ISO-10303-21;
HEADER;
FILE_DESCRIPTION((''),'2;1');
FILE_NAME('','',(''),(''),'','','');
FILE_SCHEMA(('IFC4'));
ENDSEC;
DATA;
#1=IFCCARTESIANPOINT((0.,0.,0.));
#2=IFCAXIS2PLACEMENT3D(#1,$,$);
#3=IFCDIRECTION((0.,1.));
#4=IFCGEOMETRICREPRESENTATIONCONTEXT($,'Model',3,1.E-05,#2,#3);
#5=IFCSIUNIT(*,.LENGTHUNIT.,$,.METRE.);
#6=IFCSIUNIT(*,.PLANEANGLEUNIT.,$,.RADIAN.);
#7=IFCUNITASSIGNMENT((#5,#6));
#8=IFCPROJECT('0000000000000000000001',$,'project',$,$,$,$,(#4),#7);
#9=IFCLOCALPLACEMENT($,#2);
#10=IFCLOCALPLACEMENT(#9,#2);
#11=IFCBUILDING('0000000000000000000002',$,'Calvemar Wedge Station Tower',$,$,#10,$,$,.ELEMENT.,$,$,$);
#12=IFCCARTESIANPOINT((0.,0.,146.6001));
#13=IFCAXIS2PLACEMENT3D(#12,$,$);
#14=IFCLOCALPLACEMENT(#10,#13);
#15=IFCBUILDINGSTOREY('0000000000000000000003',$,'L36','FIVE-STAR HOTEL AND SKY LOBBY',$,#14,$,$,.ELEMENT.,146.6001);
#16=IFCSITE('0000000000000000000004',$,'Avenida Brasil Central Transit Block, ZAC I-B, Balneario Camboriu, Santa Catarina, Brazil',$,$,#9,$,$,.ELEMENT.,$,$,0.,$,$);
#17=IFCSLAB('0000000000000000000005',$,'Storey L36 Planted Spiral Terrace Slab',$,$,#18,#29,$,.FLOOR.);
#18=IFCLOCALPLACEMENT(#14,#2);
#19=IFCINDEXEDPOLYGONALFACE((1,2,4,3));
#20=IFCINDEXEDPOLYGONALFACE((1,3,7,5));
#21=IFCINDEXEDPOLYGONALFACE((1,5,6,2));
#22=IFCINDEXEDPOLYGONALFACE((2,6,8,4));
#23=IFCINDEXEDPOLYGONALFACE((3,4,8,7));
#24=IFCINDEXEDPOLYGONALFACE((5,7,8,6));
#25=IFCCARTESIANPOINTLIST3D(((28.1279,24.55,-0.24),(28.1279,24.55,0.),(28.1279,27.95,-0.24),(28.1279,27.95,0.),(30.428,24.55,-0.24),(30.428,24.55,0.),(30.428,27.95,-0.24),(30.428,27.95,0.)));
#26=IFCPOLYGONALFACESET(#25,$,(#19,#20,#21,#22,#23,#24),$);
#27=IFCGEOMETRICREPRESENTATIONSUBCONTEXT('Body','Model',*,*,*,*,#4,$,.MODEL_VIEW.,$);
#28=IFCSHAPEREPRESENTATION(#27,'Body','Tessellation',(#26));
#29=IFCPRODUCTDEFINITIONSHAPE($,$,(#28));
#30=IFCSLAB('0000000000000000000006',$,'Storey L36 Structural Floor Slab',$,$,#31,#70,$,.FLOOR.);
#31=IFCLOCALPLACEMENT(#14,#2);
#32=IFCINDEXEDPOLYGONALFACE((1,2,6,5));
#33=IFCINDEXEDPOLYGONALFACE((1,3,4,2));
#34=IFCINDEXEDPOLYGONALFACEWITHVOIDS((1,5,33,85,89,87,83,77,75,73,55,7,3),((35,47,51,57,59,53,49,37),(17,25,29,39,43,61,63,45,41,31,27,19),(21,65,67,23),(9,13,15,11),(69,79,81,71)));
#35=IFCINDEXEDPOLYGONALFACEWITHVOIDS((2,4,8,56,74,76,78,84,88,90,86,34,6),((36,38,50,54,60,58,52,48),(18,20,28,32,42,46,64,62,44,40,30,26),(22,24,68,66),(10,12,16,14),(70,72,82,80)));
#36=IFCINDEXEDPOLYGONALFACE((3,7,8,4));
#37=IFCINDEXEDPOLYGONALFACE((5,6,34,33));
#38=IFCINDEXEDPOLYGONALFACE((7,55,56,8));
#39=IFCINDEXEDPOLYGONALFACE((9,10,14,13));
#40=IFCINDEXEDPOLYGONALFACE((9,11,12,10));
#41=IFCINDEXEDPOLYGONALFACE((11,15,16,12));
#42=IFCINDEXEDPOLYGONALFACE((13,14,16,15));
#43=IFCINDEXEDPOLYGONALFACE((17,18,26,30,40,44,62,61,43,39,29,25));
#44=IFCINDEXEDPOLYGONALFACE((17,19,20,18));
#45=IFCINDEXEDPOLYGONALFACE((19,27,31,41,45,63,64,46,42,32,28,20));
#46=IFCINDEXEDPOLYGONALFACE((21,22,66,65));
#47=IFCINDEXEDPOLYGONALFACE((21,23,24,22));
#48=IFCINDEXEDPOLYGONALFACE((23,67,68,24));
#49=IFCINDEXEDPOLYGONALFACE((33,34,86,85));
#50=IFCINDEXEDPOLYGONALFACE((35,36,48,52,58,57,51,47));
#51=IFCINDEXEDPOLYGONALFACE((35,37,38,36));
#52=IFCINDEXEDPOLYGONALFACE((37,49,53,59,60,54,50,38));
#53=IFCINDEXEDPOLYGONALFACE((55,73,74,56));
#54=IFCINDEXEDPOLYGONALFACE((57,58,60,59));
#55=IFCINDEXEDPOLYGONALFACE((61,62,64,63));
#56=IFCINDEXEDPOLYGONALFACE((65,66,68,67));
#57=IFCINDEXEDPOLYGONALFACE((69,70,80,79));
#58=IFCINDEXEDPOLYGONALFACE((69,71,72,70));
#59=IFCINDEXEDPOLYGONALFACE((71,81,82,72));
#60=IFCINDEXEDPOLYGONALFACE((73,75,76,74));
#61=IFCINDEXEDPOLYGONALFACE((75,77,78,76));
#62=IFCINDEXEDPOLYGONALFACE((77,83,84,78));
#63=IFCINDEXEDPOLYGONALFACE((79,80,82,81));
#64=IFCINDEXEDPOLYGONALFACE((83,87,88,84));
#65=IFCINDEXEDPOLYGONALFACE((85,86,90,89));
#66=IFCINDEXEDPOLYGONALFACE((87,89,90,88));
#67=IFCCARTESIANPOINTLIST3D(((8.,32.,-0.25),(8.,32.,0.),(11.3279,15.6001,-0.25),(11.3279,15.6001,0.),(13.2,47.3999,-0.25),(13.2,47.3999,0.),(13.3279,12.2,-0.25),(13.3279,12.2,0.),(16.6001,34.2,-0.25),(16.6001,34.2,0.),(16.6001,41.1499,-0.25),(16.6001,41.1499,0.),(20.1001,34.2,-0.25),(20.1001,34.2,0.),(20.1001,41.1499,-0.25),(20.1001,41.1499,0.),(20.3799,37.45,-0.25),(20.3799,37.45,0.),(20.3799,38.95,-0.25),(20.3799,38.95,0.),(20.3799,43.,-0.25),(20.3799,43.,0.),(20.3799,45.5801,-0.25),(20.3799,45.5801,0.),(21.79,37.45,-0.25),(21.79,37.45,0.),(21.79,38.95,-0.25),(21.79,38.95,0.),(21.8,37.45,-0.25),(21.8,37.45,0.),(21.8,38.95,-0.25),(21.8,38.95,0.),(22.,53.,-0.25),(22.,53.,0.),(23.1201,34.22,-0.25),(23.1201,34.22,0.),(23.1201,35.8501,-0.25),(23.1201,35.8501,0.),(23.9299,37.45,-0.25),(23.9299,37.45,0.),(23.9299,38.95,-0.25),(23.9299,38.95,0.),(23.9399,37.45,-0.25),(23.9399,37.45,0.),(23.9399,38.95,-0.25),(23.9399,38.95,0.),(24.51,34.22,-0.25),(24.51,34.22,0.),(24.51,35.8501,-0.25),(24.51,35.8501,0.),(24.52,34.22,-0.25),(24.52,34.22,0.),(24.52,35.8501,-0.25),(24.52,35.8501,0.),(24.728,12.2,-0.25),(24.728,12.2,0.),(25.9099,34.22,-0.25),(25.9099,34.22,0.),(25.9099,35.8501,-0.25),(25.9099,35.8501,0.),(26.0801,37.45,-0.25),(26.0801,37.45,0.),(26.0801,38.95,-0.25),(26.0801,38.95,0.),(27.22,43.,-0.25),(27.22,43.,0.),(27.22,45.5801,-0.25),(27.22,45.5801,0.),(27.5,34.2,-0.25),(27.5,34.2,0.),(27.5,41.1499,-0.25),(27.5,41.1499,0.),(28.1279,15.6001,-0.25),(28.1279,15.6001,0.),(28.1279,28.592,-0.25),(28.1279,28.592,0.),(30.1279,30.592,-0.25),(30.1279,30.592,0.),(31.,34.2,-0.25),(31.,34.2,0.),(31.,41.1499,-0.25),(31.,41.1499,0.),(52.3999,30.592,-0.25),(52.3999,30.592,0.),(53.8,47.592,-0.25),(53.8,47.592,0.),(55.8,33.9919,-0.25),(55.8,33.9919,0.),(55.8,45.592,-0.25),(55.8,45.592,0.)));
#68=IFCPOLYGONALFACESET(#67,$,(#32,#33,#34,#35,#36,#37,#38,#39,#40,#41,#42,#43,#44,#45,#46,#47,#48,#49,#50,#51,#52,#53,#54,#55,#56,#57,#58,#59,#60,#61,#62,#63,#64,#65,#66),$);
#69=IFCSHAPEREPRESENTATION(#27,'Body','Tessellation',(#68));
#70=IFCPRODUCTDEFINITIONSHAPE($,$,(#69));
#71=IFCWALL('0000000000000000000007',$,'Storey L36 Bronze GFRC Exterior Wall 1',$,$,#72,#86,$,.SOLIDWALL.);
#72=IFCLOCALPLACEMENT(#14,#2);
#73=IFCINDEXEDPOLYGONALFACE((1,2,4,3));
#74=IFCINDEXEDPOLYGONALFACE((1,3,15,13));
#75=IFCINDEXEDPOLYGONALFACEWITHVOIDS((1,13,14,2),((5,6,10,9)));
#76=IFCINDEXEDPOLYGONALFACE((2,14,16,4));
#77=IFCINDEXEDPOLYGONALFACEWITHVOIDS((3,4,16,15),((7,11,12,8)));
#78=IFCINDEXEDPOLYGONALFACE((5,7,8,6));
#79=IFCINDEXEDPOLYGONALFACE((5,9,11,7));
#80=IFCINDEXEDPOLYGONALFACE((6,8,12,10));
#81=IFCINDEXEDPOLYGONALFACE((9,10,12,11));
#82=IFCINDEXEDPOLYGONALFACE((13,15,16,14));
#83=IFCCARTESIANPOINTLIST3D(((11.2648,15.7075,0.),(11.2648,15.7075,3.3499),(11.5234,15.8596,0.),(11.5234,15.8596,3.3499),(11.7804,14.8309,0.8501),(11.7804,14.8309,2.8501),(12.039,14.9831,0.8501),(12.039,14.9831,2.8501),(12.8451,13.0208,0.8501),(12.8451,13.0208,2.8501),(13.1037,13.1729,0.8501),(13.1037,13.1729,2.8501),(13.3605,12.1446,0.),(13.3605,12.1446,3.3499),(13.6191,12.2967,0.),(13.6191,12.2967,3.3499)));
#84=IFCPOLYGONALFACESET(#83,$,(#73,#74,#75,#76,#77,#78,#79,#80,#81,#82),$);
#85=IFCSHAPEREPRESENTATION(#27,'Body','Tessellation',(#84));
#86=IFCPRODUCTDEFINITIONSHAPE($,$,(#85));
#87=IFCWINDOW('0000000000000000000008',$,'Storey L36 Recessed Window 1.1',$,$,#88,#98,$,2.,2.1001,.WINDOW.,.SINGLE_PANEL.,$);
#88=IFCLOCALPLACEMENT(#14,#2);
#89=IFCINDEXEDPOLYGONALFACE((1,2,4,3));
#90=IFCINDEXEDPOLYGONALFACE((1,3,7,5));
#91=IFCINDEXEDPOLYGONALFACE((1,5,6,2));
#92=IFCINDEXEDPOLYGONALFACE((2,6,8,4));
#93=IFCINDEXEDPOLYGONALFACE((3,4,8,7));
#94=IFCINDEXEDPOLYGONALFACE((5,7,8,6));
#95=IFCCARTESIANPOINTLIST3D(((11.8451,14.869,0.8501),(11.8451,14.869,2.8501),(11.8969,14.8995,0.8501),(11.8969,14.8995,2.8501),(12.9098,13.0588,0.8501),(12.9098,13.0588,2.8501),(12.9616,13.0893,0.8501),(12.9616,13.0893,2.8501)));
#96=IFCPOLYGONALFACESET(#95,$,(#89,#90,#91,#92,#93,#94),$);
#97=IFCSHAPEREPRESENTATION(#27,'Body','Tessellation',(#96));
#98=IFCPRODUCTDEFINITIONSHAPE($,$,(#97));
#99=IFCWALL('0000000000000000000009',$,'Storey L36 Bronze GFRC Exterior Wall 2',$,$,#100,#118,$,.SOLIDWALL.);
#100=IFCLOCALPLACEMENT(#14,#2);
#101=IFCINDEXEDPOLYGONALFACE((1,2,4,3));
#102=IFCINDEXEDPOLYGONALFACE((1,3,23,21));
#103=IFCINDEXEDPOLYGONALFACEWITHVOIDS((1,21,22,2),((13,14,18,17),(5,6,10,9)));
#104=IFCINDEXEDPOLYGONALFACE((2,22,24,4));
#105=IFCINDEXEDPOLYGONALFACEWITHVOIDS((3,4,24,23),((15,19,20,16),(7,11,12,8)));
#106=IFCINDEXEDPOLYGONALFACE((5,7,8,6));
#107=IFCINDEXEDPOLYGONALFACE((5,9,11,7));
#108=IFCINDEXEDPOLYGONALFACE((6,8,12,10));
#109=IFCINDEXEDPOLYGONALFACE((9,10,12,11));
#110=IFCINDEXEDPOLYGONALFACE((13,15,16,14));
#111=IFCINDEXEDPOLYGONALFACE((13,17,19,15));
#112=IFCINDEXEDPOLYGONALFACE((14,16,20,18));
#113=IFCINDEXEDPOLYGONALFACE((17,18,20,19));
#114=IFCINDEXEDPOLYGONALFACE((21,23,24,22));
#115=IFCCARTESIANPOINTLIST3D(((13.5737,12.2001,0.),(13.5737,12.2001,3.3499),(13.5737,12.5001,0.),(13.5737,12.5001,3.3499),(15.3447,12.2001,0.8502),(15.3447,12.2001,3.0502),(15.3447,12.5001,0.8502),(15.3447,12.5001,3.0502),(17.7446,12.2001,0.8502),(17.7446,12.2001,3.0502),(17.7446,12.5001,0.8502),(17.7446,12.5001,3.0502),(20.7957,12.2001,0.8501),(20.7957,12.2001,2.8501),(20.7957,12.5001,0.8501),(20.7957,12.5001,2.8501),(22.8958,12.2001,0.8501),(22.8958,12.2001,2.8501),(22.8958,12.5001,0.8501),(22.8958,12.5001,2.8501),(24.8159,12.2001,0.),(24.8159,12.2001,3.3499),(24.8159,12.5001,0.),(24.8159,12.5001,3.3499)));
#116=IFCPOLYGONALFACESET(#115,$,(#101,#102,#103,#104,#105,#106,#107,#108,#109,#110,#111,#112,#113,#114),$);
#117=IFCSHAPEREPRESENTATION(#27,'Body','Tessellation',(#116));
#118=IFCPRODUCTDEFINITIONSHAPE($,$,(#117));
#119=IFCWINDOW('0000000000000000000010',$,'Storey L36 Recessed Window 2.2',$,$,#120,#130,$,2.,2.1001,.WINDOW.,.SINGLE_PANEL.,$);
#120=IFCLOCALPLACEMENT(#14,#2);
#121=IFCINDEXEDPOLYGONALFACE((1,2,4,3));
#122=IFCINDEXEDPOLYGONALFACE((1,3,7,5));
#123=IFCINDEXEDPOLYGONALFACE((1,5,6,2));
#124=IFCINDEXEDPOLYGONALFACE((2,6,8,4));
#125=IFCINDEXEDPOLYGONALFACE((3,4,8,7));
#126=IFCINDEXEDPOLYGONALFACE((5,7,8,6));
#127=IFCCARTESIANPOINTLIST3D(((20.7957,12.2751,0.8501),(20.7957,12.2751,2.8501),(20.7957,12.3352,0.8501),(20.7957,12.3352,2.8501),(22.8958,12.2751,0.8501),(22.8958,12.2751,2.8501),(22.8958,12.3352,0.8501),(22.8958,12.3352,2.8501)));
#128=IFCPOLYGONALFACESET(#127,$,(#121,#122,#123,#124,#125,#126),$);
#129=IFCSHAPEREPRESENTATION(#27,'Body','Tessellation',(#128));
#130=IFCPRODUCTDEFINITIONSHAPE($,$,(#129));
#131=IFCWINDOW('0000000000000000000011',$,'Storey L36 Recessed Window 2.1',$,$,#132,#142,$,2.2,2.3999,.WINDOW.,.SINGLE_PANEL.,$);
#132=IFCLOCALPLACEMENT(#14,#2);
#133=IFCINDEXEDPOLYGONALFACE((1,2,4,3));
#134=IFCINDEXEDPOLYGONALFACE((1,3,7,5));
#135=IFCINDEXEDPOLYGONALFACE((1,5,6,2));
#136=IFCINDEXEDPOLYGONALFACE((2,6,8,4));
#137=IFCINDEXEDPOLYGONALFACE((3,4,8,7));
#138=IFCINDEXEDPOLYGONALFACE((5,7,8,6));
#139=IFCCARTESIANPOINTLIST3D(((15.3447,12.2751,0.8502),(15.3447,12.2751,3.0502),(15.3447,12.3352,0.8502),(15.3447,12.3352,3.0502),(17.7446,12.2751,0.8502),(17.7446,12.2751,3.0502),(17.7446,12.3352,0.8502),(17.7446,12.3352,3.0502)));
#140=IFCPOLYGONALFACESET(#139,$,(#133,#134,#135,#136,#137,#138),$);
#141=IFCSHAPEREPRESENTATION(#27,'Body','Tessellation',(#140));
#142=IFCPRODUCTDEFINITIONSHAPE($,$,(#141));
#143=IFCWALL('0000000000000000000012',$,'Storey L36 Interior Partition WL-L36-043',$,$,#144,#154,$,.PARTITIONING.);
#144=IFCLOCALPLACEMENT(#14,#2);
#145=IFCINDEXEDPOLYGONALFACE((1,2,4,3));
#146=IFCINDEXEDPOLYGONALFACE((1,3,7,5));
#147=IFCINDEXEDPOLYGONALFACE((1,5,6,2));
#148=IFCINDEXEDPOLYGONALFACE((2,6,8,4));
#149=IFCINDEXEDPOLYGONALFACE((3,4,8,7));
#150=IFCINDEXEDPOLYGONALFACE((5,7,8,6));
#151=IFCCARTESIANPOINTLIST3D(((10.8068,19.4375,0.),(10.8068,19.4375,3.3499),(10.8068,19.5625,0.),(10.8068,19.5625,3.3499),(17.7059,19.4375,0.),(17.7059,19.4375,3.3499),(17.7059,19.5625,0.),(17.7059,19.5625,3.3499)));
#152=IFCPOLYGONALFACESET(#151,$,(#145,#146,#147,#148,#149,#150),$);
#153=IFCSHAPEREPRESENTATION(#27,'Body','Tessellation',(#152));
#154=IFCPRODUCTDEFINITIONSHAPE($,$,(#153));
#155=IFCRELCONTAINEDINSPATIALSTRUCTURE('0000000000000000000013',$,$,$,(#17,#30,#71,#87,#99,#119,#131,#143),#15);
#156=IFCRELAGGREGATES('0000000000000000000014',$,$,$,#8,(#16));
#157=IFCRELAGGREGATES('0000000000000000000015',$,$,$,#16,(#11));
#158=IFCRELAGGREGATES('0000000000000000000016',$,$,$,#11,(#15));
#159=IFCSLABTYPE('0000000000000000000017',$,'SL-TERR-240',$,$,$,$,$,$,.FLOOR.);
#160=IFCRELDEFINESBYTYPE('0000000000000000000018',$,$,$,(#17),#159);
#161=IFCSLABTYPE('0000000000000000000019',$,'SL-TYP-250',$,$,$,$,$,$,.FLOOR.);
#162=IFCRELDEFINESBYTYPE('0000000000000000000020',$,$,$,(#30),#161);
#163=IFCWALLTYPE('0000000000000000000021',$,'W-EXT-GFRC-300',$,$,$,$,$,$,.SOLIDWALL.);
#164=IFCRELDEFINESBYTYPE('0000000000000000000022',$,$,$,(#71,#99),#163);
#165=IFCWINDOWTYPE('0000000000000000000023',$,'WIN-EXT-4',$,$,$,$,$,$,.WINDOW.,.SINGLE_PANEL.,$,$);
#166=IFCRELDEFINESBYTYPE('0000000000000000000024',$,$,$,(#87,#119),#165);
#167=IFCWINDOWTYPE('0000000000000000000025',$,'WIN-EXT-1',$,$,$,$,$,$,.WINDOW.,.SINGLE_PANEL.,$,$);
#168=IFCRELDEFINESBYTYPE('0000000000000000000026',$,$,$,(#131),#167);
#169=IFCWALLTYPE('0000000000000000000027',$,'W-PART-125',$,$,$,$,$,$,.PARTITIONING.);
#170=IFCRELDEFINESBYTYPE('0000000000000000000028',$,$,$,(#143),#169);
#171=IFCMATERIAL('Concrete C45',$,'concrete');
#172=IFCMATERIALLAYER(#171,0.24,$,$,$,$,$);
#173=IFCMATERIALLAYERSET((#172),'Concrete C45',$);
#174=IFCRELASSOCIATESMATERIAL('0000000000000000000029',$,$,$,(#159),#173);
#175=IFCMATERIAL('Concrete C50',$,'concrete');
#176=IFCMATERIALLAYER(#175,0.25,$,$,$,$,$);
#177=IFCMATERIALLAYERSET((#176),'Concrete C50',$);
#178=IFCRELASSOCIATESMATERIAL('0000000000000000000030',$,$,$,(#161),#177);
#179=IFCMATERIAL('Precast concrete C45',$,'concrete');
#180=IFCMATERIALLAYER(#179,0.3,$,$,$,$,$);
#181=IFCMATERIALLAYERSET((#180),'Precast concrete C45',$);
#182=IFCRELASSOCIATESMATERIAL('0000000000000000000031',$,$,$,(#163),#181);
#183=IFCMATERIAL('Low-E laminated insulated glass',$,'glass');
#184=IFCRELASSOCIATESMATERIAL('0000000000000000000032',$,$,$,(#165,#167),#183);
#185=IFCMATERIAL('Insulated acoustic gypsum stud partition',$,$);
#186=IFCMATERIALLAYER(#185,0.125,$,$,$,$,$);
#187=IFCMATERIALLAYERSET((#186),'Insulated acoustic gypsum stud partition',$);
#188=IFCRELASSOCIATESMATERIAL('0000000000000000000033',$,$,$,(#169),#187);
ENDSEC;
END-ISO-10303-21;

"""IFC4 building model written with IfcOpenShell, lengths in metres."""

from ifc_helpers import new_model, si_unit, direction, frame, frame_2d, origin, place, context, subcontext, project, spatial, polyline, rectangle, outline, extrude, source, transform, mapped, material, layer, layer_set, type_object, element, fill, save


model = new_model("IFC4")

# Units and contexts
model_context = context("Model", 3, precision=1e-05, world=origin(), true_north=direction((0.0, 1.0)))
body_context = subcontext(model_context, "Body", "Model", "MODEL_VIEW")
ifc_project = project(units=[si_unit("LENGTHUNIT", "METRE"), si_unit("PLANEANGLEUNIT", "RADIAN")], contexts=[model_context])

# Site, building, storey
site_placement = place(None, origin())
site = spatial("IfcSite", under=ifc_project, at=site_placement, Name="Avenida Brasil Central Transit Block, ZAC I-B, Balneario Camboriu, Santa Catarina, Brazil", CompositionType="ELEMENT", RefElevation=0.0)
building_placement = place(site_placement, origin())
building = spatial("IfcBuilding", under=site, at=building_placement, Name="Calvemar Wedge Station Tower", CompositionType="ELEMENT")
storey_placement = place(building_placement, frame((0.0, 0.0, 146.6001)))
storey = spatial("IfcBuildingStorey", under=building, at=storey_placement, Name="L36", Description="FIVE-STAR HOTEL AND SKY LOBBY", CompositionType="ELEMENT", Elevation=146.6001)

# Shared definitions
ifc_material_1 = material(Name="Concrete C50", Category="concrete")

# Shared definitions
ifc_material_2 = material(Name="Precast concrete C45", Category="concrete")

# Shared definitions
ifc_material_3 = material(Name="Concrete C45", Category="concrete")

# Slabs
ifc_layer_1 = layer(ifc_material_3, 0.24)
ifc_layer_set_1 = layer_set([ifc_layer_1], Name="Concrete C45")
slab_type_1 = type_object("IfcSlabType", Name="SL-TERR-240", PredefinedType="FLOOR", material=ifc_layer_set_1)
slab_1_placement = place(storey_placement, frame((0.0, 0.0, -0.24)))
element("IfcSlab", 1, at=slab_1_placement, inside=storey, type_object=slab_type_1, Name="Storey L36 Planted Spiral Terrace Slab", PredefinedType="FLOOR", context=body_context, shape_type="SweptSolid", body=[
    extrude(outline(polyline([(28.1279, 24.55), (30.428, 24.55), (30.428, 27.95), (28.1279, 27.95), (28.1279, 24.55)])), origin(), (0.0, 0.0, 1.0), 0.24),
])
ifc_layer_2 = layer(ifc_material_1, 0.25)
ifc_layer_set_2 = layer_set([ifc_layer_2], Name="Concrete C50")
slab_type_2 = type_object("IfcSlabType", Name="SL-TYP-250", PredefinedType="FLOOR", material=ifc_layer_set_2)
slab_2_placement = place(storey_placement, frame((0.0, 0.0, -0.25)))
element("IfcSlab", 2, at=slab_2_placement, inside=storey, type_object=slab_type_2, Name="Storey L36 Structural Floor Slab", PredefinedType="FLOOR", context=body_context, shape_type="SweptSolid", body=[
    extrude(outline(polyline([(8.0, 32.0), (11.3279, 15.6001), (13.3279, 12.2), (24.728, 12.2), (28.1279, 15.6001), (28.1279, 28.592), (30.1279, 30.592), (52.3999, 30.592), (55.8, 33.9919), (55.8, 45.592), (53.8, 47.592), (22.0, 53.0), (13.2, 47.3999), (8.0, 32.0)]), holes=[polyline([(24.52, 35.8501), (24.51, 35.8501), (23.1201, 35.8501), (23.1201, 34.22), (24.51, 34.22), (24.52, 34.22), (25.9099, 34.22), (25.9099, 35.8501), (24.52, 35.8501)]), polyline([(16.6001, 34.2), (20.1001, 34.2), (20.1001, 41.1499), (16.6001, 41.1499), (16.6001, 34.2)]), polyline([(27.5, 34.2), (31.0, 34.2), (31.0, 41.1499), (27.5, 41.1499), (27.5, 34.2)]), polyline([(21.8, 38.95), (21.79, 38.95), (20.3799, 38.95), (20.3799, 37.45), (21.79, 37.45), (21.8, 37.45), (23.9299, 37.45), (23.9399, 37.45), (26.0801, 37.45), (26.0801, 38.95), (23.9399, 38.95), (23.9299, 38.95), (21.8, 38.95)]), polyline([(27.22, 43.0), (27.22, 45.5801), (20.3799, 45.5801), (20.3799, 43.0), (27.22, 43.0)])]), origin(), (0.0, 0.0, 1.0), 0.25),
])

# Wall, opening, window
ifc_layer_3 = layer(ifc_material_2, 0.3)
ifc_layer_set_3 = layer_set([ifc_layer_3], Name="Precast concrete C45")
wall_type_1 = type_object("IfcWallType", Name="W-EXT-GFRC-300", PredefinedType="SOLIDWALL", material=ifc_layer_set_3)
wall_1_placement = place(storey_placement, frame((11.394, 15.7837, 0.0), z_axis=(0.0, 0.0, 1.0), x_axis=(0.506989, -0.861952, 0.0)))
wall_1 = element("IfcWall", 3, at=wall_1_placement, inside=storey, type_object=wall_type_1, Name="Storey L36 Bronze GFRC Exterior Wall 1", PredefinedType="SOLIDWALL", context=body_context, shape_type="SweptSolid", body=[
    extrude(rectangle(XDim=4.1335, YDim=0.3, at=frame_2d((2.0669, 0.0))), origin(), (0.0, 0.0, 1.0), 3.3499),
])
shared_shape_1 = source(origin(), body_context, "Body", "SweptSolid", [
    extrude(rectangle(XDim=2.1001, YDim=2.0, at=frame_2d((1.05, 1.0))), frame((0.0, 0.1602, 0.0), z_axis=(0.0, -1.0, 0.0), x_axis=(1.0, 0.0, 0.0)), (0.0, 0.0, 1.0), 0.3201),
])
opening_1_placement = place(wall_1_placement, frame((1.0171, 0.0, 0.8501)))
opening_1 = element("IfcOpeningElement", 4, at=opening_1_placement, cuts=wall_1, PredefinedType="OPENING", context=body_context, shape_type="MappedRepresentation", body=[
    mapped(shared_shape_1, transform((0.0, 0.0, 0.0), scale=1.0)),
])
ifc_material_4 = material(Name="Low-E laminated insulated glass", Category="glass")
window_type_1 = type_object("IfcWindowType", Name="WIN-EXT-4", PartitioningType="SINGLE_PANEL", PredefinedType="WINDOW", material=ifc_material_4)
shared_shape_2 = source(origin(), body_context, "Body", "SweptSolid", [
    extrude(rectangle(XDim=2.1001, YDim=2.0, at=frame_2d((1.05, 1.0))), frame((0.0, -0.0149, 0.0), z_axis=(0.0, -1.0, 0.0), x_axis=(1.0, 0.0, 0.0)), (0.0, 0.0, 1.0), 0.0601),
])
window_1_placement = place(opening_1_placement, origin())
window_1 = element("IfcWindow", 5, at=window_1_placement, inside=storey, type_object=window_type_1, Name="Storey L36 Recessed Window 1.1", OverallHeight=2.0, OverallWidth=2.1001, PartitioningType="SINGLE_PANEL", PredefinedType="WINDOW", context=body_context, shape_type="MappedRepresentation", body=[
    mapped(shared_shape_2, transform((0.0, 0.0, 0.0), scale=1.0)),
])
fill(opening_1, window_1)

# Wall, openings, windows
wall_2_placement = place(storey_placement, frame((13.5737, 12.3501, 0.0), z_axis=(0.0, 0.0, 1.0), x_axis=(1.0, 0.0, 0.0)))
wall_2 = element("IfcWall", 6, at=wall_2_placement, inside=storey, type_object=wall_type_1, Name="Storey L36 Bronze GFRC Exterior Wall 2", PredefinedType="SOLIDWALL", context=body_context, shape_type="SweptSolid", body=[
    extrude(rectangle(XDim=11.2422, YDim=0.3, at=frame_2d((5.6211, 0.0))), origin(), (0.0, 0.0, 1.0), 3.3499),
])
shared_shape_3 = source(origin(), body_context, "Body", "SweptSolid", [
    extrude(rectangle(XDim=2.3999, YDim=2.2, at=frame_2d((1.2, 1.1001))), frame((0.0, 0.1602, 0.0), z_axis=(0.0, -1.0, 0.0), x_axis=(1.0, 0.0, 0.0)), (0.0, 0.0, 1.0), 0.3201),
])
opening_2_placement = place(wall_2_placement, frame((1.771, 0.0, 0.8501)))
opening_2 = element("IfcOpeningElement", 7, at=opening_2_placement, cuts=wall_2, PredefinedType="OPENING", context=body_context, shape_type="MappedRepresentation", body=[
    mapped(shared_shape_3, transform((0.0, 0.0, 0.0), scale=1.0)),
])
opening_3_placement = place(wall_2_placement, frame((7.2219, 0.0, 0.8501)))
opening_3 = element("IfcOpeningElement", 8, at=opening_3_placement, cuts=wall_2, PredefinedType="OPENING", context=body_context, shape_type="MappedRepresentation", body=[
    mapped(shared_shape_1, transform((0.0, 0.0, 0.0), scale=1.0)),
])
window_2_placement = place(opening_3_placement, origin())
window_2 = element("IfcWindow", 9, at=window_2_placement, inside=storey, type_object=window_type_1, Name="Storey L36 Recessed Window 2.2", OverallHeight=2.0, OverallWidth=2.1001, PartitioningType="SINGLE_PANEL", PredefinedType="WINDOW", context=body_context, shape_type="MappedRepresentation", body=[
    mapped(shared_shape_2, transform((0.0, 0.0, 0.0), scale=1.0)),
])
fill(opening_3, window_2)
window_type_2 = type_object("IfcWindowType", Name="WIN-EXT-1", PartitioningType="SINGLE_PANEL", PredefinedType="WINDOW", material=ifc_material_4)
shared_shape_4 = source(origin(), body_context, "Body", "SweptSolid", [
    extrude(rectangle(XDim=2.3999, YDim=2.2, at=frame_2d((1.2, 1.1001))), frame((0.0, -0.0149, 0.0), z_axis=(0.0, -1.0, 0.0), x_axis=(1.0, 0.0, 0.0)), (0.0, 0.0, 1.0), 0.0601),
])
window_3_placement = place(opening_2_placement, origin())
window_3 = element("IfcWindow", 10, at=window_3_placement, inside=storey, type_object=window_type_2, Name="Storey L36 Recessed Window 2.1", OverallHeight=2.2, OverallWidth=2.3999, PartitioningType="SINGLE_PANEL", PredefinedType="WINDOW", context=body_context, shape_type="MappedRepresentation", body=[
    mapped(shared_shape_4, transform((0.0, 0.0, 0.0), scale=1.0)),
])
fill(opening_2, window_3)

# Wall
ifc_material_5 = material(Name="Insulated acoustic gypsum stud partition")
ifc_layer_4 = layer(ifc_material_5, 0.125)
ifc_layer_set_4 = layer_set([ifc_layer_4], Name="Insulated acoustic gypsum stud partition")
wall_type_2 = type_object("IfcWallType", Name="W-PART-125", PredefinedType="PARTITIONING", material=ifc_layer_set_4)
wall_3_placement = place(storey_placement, frame((17.7061, 19.5, 0.0), z_axis=(0.0, 0.0, 1.0), x_axis=(-1.0, 0.0, 0.0)))
element("IfcWall", 11, at=wall_3_placement, inside=storey, type_object=wall_type_2, Name="Storey L36 Interior Partition WL-L36-043", PredefinedType="PARTITIONING", context=body_context, shape_type="SweptSolid", body=[
    extrude(rectangle(XDim=6.8992, YDim=0.125, at=frame_2d((3.4497, 0.0))), origin(), (0.0, 0.0, 1.0), 3.3499),
])

save(model, "model.ifc")
